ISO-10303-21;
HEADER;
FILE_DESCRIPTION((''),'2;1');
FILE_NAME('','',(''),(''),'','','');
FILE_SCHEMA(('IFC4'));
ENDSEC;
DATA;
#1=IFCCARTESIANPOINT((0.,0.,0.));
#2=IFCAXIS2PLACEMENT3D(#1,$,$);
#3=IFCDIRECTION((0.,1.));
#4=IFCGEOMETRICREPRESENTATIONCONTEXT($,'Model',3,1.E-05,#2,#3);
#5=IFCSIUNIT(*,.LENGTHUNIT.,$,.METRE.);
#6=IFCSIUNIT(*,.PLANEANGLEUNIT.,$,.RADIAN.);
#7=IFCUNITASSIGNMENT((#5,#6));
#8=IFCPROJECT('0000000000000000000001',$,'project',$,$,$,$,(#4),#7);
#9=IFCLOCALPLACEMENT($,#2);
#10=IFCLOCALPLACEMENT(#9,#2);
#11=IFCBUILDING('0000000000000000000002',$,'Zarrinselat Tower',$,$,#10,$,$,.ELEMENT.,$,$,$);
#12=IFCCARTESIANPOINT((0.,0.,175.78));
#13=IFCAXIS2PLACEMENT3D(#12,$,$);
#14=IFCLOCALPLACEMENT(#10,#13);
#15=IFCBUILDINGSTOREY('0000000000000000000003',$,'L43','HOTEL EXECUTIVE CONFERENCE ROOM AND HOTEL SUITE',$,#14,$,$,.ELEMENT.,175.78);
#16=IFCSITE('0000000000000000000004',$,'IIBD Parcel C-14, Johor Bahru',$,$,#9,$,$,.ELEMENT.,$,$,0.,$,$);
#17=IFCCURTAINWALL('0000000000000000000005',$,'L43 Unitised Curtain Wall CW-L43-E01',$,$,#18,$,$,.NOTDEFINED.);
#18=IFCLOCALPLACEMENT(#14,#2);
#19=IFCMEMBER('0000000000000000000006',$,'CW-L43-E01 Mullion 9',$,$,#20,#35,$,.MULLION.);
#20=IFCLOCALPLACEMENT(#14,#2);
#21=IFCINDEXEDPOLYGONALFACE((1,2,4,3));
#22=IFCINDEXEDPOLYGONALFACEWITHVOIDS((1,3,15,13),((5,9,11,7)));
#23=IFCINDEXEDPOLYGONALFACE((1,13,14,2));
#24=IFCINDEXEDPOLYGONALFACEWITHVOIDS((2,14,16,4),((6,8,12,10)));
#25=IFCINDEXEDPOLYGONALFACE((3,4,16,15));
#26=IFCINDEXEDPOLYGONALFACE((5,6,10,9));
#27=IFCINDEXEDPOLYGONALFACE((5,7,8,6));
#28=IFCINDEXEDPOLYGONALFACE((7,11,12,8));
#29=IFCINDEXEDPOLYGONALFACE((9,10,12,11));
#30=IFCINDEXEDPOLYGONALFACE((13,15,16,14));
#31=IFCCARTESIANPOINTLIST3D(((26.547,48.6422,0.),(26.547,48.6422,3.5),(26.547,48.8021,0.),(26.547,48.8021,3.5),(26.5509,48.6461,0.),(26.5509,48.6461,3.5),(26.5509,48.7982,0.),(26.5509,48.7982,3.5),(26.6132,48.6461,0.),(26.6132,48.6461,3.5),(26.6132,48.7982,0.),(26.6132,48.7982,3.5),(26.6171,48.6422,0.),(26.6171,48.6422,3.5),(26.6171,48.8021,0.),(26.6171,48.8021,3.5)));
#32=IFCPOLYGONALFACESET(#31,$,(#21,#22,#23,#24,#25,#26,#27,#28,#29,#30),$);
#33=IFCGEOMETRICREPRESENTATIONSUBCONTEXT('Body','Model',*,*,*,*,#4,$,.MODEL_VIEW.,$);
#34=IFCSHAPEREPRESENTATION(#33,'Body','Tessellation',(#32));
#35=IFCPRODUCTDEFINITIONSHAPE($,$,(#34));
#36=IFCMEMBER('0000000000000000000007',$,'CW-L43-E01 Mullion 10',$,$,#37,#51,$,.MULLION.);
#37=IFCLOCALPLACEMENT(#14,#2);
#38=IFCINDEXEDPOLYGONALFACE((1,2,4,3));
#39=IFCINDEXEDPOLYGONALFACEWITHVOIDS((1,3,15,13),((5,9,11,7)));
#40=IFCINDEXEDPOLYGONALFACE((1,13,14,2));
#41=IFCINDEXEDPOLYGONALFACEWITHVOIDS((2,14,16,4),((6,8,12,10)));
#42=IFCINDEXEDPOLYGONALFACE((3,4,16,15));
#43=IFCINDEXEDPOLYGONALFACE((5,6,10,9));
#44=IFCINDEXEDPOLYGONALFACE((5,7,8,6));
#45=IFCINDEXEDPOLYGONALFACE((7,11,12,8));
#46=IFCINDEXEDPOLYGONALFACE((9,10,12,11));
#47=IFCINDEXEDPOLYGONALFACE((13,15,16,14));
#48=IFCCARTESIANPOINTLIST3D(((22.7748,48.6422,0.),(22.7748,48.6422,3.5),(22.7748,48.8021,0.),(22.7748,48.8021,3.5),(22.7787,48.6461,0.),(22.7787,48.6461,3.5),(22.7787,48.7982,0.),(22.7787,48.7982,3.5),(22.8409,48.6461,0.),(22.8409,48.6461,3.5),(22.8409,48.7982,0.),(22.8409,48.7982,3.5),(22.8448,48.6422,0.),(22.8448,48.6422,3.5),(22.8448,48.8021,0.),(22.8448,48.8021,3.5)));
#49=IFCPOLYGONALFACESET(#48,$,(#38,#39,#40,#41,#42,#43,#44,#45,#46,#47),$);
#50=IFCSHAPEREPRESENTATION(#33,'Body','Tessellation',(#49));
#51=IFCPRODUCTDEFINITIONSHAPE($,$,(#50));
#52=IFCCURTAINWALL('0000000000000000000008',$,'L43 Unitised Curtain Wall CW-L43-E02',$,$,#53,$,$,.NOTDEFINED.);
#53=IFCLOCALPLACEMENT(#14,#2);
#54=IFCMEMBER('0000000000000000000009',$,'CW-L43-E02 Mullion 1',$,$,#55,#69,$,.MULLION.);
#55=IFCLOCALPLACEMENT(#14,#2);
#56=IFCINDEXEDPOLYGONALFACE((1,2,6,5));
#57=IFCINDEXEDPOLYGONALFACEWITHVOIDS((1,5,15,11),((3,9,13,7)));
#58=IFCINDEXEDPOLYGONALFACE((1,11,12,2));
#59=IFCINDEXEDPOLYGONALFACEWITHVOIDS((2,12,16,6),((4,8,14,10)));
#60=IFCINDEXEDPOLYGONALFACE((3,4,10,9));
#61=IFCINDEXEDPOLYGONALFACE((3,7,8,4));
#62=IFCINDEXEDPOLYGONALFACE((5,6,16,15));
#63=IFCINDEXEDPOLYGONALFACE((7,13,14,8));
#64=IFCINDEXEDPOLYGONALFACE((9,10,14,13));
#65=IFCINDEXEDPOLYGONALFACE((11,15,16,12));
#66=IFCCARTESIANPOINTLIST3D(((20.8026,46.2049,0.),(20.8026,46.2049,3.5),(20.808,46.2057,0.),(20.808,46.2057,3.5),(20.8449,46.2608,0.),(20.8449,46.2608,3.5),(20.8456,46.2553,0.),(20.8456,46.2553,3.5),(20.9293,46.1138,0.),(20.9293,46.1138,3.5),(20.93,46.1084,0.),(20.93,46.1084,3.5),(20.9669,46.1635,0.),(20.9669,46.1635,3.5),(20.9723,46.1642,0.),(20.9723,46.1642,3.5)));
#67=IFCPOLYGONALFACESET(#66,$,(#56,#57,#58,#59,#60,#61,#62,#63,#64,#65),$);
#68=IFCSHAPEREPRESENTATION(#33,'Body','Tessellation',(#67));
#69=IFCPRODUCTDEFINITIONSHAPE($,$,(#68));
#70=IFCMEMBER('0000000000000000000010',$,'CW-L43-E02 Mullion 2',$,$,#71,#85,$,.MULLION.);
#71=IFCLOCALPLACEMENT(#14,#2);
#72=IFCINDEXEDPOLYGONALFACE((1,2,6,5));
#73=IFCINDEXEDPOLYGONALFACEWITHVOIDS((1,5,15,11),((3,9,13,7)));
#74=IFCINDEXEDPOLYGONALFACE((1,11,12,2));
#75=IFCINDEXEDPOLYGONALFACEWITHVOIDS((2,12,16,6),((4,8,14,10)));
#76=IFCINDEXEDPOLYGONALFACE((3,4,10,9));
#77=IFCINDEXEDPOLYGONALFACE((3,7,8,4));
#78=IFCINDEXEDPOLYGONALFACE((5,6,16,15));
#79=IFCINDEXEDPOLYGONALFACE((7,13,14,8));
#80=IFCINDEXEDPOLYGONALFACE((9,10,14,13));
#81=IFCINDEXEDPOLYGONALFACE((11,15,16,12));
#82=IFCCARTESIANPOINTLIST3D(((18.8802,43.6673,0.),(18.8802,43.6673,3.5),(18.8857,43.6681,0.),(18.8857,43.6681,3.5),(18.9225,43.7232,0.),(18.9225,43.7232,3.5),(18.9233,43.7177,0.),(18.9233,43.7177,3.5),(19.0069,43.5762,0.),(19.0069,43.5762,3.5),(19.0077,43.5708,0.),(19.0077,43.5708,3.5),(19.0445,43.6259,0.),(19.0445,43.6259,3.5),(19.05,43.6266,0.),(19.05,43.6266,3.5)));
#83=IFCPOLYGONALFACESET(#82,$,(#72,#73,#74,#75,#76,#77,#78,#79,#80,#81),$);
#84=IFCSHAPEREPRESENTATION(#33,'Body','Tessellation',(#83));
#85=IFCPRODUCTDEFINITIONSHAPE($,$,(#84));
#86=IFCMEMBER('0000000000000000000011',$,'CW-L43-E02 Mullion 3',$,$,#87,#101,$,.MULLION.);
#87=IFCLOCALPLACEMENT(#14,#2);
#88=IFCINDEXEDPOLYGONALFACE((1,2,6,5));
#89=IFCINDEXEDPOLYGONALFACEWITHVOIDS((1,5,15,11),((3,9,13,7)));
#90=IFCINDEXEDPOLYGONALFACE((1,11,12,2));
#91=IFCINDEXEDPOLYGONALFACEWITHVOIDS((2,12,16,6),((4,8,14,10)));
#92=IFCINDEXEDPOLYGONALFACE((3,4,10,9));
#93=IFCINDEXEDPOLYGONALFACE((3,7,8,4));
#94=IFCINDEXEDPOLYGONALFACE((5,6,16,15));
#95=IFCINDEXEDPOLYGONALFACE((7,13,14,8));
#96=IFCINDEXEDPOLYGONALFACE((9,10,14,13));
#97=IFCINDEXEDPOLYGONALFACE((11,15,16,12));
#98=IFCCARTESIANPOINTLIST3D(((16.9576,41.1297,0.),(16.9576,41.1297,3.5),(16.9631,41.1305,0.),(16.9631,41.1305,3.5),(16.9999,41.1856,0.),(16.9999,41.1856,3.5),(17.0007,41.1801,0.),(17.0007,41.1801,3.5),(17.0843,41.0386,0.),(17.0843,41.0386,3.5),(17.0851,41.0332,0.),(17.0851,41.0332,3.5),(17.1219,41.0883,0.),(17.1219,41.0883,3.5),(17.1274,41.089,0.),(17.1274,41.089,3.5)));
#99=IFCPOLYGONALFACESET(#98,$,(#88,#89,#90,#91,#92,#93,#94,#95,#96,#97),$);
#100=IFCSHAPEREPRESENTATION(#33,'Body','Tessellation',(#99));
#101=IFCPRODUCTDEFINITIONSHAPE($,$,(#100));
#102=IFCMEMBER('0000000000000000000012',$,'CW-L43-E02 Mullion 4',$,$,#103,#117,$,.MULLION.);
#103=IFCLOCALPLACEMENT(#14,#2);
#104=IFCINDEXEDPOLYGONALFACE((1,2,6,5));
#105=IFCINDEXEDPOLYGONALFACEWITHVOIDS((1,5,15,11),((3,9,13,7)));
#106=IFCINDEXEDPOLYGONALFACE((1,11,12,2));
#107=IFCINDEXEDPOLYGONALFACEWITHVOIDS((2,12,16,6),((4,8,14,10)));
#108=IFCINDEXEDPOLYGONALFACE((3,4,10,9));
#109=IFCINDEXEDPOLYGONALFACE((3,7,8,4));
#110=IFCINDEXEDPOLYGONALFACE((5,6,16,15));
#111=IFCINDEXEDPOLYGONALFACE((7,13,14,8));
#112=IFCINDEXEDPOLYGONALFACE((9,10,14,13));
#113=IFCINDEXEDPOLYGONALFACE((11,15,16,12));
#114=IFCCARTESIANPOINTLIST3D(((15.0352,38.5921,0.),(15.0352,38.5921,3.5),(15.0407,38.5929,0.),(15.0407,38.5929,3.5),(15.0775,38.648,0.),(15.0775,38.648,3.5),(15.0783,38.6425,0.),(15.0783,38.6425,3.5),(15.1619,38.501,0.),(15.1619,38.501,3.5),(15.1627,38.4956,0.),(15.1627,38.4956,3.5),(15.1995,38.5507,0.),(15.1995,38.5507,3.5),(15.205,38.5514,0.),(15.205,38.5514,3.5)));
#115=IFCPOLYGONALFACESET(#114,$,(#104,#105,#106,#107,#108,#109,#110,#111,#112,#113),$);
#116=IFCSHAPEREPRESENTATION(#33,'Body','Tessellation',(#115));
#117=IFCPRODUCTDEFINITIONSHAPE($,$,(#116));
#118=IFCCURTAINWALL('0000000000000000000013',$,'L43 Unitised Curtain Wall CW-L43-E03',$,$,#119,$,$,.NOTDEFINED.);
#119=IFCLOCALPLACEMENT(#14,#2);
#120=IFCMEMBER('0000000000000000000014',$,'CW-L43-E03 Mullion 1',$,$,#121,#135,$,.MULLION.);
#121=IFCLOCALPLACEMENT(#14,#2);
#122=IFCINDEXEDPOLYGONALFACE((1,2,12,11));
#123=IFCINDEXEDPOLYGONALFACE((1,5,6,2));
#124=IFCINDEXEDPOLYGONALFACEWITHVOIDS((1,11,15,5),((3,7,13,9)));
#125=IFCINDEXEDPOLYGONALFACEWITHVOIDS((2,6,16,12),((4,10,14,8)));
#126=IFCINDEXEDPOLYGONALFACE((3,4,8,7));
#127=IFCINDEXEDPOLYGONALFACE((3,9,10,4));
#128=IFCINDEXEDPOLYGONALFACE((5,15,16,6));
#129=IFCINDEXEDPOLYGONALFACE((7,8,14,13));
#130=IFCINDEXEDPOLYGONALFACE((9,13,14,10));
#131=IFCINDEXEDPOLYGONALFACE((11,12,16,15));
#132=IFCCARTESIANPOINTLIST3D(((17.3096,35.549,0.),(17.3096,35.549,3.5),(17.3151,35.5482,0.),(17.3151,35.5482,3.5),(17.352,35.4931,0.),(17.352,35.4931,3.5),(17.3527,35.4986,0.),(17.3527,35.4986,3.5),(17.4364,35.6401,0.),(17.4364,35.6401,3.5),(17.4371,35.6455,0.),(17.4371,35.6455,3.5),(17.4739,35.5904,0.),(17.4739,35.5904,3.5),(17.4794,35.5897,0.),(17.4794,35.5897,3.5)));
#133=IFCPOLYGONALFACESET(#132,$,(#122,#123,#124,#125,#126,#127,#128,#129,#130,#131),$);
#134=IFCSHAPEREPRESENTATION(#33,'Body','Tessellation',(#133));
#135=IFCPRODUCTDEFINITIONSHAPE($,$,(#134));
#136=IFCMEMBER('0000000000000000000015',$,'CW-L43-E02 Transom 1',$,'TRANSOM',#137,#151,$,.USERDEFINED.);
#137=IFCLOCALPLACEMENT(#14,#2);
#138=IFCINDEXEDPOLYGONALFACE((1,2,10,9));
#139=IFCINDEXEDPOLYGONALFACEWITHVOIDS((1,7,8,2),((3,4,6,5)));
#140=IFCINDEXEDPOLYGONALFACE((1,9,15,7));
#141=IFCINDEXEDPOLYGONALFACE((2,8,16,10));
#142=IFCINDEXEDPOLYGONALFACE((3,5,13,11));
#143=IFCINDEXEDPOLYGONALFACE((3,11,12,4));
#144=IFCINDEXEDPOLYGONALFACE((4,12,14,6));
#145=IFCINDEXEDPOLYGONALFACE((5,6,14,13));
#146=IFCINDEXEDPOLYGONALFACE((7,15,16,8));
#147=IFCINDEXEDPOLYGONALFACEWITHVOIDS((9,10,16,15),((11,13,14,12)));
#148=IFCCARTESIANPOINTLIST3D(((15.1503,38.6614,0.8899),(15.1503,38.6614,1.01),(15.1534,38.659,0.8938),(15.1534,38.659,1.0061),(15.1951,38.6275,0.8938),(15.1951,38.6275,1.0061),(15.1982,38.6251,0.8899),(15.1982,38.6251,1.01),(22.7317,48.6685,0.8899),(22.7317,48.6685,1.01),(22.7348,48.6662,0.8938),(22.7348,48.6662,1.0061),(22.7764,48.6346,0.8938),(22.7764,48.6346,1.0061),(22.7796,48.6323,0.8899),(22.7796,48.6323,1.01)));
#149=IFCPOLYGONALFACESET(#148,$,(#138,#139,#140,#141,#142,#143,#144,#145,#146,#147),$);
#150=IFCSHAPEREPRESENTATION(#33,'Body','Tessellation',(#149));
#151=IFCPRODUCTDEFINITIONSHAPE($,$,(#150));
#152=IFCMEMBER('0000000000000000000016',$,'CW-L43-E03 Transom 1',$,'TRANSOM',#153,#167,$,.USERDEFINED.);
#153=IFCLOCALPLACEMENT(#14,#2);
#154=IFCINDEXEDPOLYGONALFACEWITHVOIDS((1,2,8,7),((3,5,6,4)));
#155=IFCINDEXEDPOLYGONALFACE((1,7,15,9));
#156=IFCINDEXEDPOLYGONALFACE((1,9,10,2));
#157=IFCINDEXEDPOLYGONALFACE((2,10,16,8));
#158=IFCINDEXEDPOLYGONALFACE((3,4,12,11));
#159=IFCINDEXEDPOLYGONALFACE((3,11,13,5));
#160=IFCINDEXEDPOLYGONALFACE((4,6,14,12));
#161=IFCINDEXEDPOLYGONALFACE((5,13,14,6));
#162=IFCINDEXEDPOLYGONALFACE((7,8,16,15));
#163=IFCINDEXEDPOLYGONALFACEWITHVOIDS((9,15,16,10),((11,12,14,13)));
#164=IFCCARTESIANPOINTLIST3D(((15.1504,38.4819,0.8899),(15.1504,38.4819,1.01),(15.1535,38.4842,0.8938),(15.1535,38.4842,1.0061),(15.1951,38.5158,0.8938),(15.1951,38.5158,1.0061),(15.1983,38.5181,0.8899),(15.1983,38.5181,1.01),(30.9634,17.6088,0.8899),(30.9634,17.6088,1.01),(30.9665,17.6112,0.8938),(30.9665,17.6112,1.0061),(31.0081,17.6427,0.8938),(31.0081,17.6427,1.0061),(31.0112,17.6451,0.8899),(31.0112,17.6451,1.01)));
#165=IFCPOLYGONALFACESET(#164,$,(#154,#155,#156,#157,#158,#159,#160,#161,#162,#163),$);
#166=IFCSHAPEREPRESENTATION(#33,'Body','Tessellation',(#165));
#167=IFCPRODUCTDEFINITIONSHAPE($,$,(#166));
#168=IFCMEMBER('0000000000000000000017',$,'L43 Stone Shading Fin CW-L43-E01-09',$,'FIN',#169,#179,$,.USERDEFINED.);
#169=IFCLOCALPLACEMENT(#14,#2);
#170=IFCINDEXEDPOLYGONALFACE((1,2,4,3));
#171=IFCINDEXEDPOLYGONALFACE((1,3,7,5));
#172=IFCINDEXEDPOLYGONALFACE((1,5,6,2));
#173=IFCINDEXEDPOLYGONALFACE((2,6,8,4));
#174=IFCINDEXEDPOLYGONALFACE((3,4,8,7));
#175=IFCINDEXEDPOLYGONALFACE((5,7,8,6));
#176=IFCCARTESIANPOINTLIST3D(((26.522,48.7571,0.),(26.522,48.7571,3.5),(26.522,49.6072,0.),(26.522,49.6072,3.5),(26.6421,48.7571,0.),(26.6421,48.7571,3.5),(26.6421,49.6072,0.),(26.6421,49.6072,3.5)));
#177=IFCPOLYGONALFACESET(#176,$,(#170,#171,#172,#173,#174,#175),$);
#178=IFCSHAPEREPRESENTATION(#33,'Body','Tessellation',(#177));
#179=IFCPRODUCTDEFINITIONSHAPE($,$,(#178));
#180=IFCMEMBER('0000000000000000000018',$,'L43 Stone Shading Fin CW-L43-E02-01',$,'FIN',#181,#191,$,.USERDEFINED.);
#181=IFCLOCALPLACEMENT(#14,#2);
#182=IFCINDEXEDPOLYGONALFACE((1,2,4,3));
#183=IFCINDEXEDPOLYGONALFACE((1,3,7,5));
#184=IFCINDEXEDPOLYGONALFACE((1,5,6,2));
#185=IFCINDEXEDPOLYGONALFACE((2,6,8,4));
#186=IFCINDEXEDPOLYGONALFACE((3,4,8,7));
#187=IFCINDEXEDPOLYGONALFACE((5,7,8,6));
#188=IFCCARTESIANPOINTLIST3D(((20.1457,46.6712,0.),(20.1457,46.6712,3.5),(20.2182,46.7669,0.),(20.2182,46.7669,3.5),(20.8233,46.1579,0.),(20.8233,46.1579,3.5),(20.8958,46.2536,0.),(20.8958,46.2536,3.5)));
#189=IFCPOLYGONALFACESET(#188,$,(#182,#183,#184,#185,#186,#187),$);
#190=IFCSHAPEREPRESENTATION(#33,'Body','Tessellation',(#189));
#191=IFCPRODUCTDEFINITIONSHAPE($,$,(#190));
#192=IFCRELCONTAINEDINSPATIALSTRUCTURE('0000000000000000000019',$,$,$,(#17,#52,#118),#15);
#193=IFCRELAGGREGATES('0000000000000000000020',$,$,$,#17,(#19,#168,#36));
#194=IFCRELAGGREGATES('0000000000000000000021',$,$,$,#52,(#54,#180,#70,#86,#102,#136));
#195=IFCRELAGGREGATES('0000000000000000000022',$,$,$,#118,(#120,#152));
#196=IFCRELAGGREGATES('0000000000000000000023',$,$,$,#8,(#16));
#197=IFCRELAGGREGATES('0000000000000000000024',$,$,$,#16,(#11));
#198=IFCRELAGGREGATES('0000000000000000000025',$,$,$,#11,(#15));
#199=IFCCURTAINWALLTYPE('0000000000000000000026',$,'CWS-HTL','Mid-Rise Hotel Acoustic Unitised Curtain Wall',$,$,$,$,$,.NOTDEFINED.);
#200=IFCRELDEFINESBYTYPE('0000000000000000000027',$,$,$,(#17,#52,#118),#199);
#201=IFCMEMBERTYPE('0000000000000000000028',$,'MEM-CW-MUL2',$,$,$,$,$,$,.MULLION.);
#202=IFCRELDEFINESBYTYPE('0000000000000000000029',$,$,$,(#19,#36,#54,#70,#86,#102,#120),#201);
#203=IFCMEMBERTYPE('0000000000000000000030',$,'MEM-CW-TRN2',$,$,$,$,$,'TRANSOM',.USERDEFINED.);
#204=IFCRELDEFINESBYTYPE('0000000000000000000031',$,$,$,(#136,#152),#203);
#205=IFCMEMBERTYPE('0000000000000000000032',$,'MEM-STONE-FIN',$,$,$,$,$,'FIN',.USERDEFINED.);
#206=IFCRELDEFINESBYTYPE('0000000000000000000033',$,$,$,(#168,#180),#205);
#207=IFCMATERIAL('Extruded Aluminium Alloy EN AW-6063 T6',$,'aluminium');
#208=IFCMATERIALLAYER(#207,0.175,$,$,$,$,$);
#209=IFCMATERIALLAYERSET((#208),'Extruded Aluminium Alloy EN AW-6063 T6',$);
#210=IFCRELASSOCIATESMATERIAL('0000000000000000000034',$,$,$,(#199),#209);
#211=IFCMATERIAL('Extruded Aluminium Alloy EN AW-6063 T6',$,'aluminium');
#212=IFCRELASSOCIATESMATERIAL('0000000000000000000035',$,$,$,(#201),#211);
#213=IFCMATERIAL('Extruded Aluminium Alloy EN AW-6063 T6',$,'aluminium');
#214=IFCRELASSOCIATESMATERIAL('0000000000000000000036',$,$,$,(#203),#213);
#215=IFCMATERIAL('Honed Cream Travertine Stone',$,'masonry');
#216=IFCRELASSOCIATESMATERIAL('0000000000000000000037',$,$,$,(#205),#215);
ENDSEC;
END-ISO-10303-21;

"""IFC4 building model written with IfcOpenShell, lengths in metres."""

from ifc_helpers import new_model, si_unit, direction, frame, origin, origin_2d, place, context, subcontext, project, spatial, rectangle, hollow_rectangle, extrude, material, layer, layer_set, material_profile, profile_set, type_object, element, aggregate, save


model = new_model("IFC4")

# Units and contexts
model_context = context("Model", 3, precision=1e-05, world=origin(), true_north=direction((0.0, 1.0)))
body_context = subcontext(model_context, "Body", "Model", "MODEL_VIEW")
ifc_project = project(units=[si_unit("LENGTHUNIT", "METRE"), si_unit("PLANEANGLEUNIT", "RADIAN")], contexts=[model_context])

# Site, building, storey
site_placement = place(None, origin())
site = spatial("IfcSite", under=ifc_project, at=site_placement, Name="IIBD Parcel C-14, Johor Bahru", CompositionType="ELEMENT", RefElevation=0.0)
building_placement = place(site_placement, origin())
building = spatial("IfcBuilding", under=site, at=building_placement, Name="Zarrinselat Tower", CompositionType="ELEMENT")
storey_placement = place(building_placement, frame((0.0, 0.0, 175.78)))
storey = spatial("IfcBuildingStorey", under=building, at=storey_placement, Name="L43", Description="HOTEL EXECUTIVE CONFERENCE ROOM AND HOTEL SUITE", CompositionType="ELEMENT", Elevation=175.78)

# Curtain walls, members
ifc_material_1 = material(Name="Extruded Aluminium Alloy EN AW-6063 T6", Category="aluminium")
ifc_layer_1 = layer(ifc_material_1, 0.175)
ifc_layer_set_1 = layer_set([ifc_layer_1], Name="Extruded Aluminium Alloy EN AW-6063 T6")
curtain_wall_type = type_object("IfcCurtainWallType", Name="CWS-HTL", Description="Mid-Rise Hotel Acoustic Unitised Curtain Wall", PredefinedType="NOTDEFINED", material=ifc_layer_set_1)
curtain_wall_1_placement = place(storey_placement, origin())
curtain_wall_1 = element("IfcCurtainWall", 1, at=curtain_wall_1_placement, inside=storey, type_object=curtain_wall_type, Name="L43 Unitised Curtain Wall CW-L43-E01", PredefinedType="NOTDEFINED")
ifc_material_2 = material(Name="Extruded Aluminium Alloy EN AW-6063 T6", Category="aluminium")
ifc_material_profile_1 = material_profile(ifc_material_2, hollow_rectangle(XDim=0.0701, YDim=0.1599, WallThickness=0.0039, at=origin_2d()), Name="RHS 160x70x4")
ifc_profile_set_1 = profile_set([ifc_material_profile_1], Name="Extruded Aluminium Alloy EN AW-6063 T6")
member_type_1 = type_object("IfcMemberType", Name="MEM-CW-MUL2", PredefinedType="MULLION", material=ifc_profile_set_1)
member_1_placement = place(storey_placement, frame((26.582, 48.7222, 0.0), z_axis=(0.0, 0.0, 1.0), x_axis=(-1.0, 0.0, 0.0)))
member_1 = element("IfcMember", 2, at=member_1_placement, type_object=member_type_1, Name="CW-L43-E01 Mullion 9", PredefinedType="MULLION", context=body_context, shape_type="SweptSolid", body=[
    extrude(hollow_rectangle(XDim=0.0701, YDim=0.1599, WallThickness=0.0039, at=origin_2d()), origin(), (0.0, 0.0, 1.0), 3.5),
])
member_2_placement = place(storey_placement, frame((22.8098, 48.7222, 0.0), z_axis=(0.0, 0.0, 1.0), x_axis=(-1.0, 0.0, 0.0)))
member_2 = element("IfcMember", 3, at=member_2_placement, type_object=member_type_1, Name="CW-L43-E01 Mullion 10", PredefinedType="MULLION", context=body_context, shape_type="SweptSolid", body=[
    extrude(hollow_rectangle(XDim=0.0701, YDim=0.1599, WallThickness=0.0039, at=origin_2d()), origin(), (0.0, 0.0, 1.0), 3.5),
])
curtain_wall_2_placement = place(storey_placement, origin())
curtain_wall_2 = element("IfcCurtainWall", 4, at=curtain_wall_2_placement, inside=storey, type_object=curtain_wall_type, Name="L43 Unitised Curtain Wall CW-L43-E02", PredefinedType="NOTDEFINED")
member_3_placement = place(storey_placement, frame((20.8875, 46.1846, 0.0), z_axis=(0.0, 0.0, 1.0), x_axis=(-0.603859, -0.797091, 0.0)))
member_3 = element("IfcMember", 5, at=member_3_placement, type_object=member_type_1, Name="CW-L43-E02 Mullion 1", PredefinedType="MULLION", context=body_context, shape_type="SweptSolid", body=[
    extrude(hollow_rectangle(XDim=0.0701, YDim=0.1599, WallThickness=0.0039, at=origin_2d()), origin(), (0.0, 0.0, 1.0), 3.5),
])
member_4_placement = place(storey_placement, frame((18.9651, 43.647, 0.0), z_axis=(0.0, 0.0, 1.0), x_axis=(-0.603859, -0.797091, 0.0)))
member_4 = element("IfcMember", 6, at=member_4_placement, type_object=member_type_1, Name="CW-L43-E02 Mullion 2", PredefinedType="MULLION", context=body_context, shape_type="SweptSolid", body=[
    extrude(hollow_rectangle(XDim=0.0701, YDim=0.1599, WallThickness=0.0039, at=origin_2d()), origin(), (0.0, 0.0, 1.0), 3.5),
])
member_5_placement = place(storey_placement, frame((17.0425, 41.1094, 0.0), z_axis=(0.0, 0.0, 1.0), x_axis=(-0.603859, -0.797091, 0.0)))
member_5 = element("IfcMember", 7, at=member_5_placement, type_object=member_type_1, Name="CW-L43-E02 Mullion 3", PredefinedType="MULLION", context=body_context, shape_type="SweptSolid", body=[
    extrude(hollow_rectangle(XDim=0.0701, YDim=0.1599, WallThickness=0.0039, at=origin_2d()), origin(), (0.0, 0.0, 1.0), 3.5),
])
member_6_placement = place(storey_placement, frame((15.1201, 38.5718, 0.0), z_axis=(0.0, 0.0, 1.0), x_axis=(-0.603859, -0.797091, 0.0)))
member_6 = element("IfcMember", 8, at=member_6_placement, type_object=member_type_1, Name="CW-L43-E02 Mullion 4", PredefinedType="MULLION", context=body_context, shape_type="SweptSolid", body=[
    extrude(hollow_rectangle(XDim=0.0701, YDim=0.1599, WallThickness=0.0039, at=origin_2d()), origin(), (0.0, 0.0, 1.0), 3.5),
])

# Curtain wall, member
curtain_wall_3_placement = place(storey_placement, origin())
curtain_wall_3 = element("IfcCurtainWall", 9, at=curtain_wall_3_placement, inside=storey, type_object=curtain_wall_type, Name="L43 Unitised Curtain Wall CW-L43-E03", PredefinedType="NOTDEFINED")
member_7_placement = place(storey_placement, frame((17.3945, 35.5693, 0.0), z_axis=(0.0, 0.0, 1.0), x_axis=(0.603857, -0.797092, 0.0)))
member_7 = element("IfcMember", 10, at=member_7_placement, type_object=member_type_1, Name="CW-L43-E03 Mullion 1", PredefinedType="MULLION", context=body_context, shape_type="SweptSolid", body=[
    extrude(hollow_rectangle(XDim=0.0701, YDim=0.1599, WallThickness=0.0039, at=origin_2d()), origin(), (0.0, 0.0, 1.0), 3.5),
])

# Members
ifc_material_3 = material(Name="Extruded Aluminium Alloy EN AW-6063 T6", Category="aluminium")
ifc_material_profile_2 = material_profile(ifc_material_3, hollow_rectangle(XDim=0.0601, YDim=0.1201, WallThickness=0.0039, at=origin_2d()), Name="RHS 120x60x4")
ifc_profile_set_2 = profile_set([ifc_material_profile_2], Name="Extruded Aluminium Alloy EN AW-6063 T6")
member_type_2 = type_object("IfcMemberType", Name="MEM-CW-TRN2", ElementType="TRANSOM", PredefinedType="USERDEFINED", material=ifc_profile_set_2)
member_8_placement = place(storey_placement, frame((22.7556, 48.6504, 0.95), z_axis=(-0.603867, -0.797085, 0.0), x_axis=(0.797085, -0.603867, 0.0)))
member_8 = element("IfcMember", 11, at=member_8_placement, type_object=member_type_2, Name="CW-L43-E02 Transom 1", ObjectType="TRANSOM", PredefinedType="USERDEFINED", context=body_context, shape_type="SweptSolid", body=[
    extrude(hollow_rectangle(XDim=0.0601, YDim=0.1201, WallThickness=0.0039, at=origin_2d()), origin(), (0.0, 0.0, 1.0), 12.5547),
])
member_9_placement = place(storey_placement, frame((15.1743, 38.5, 0.95), z_axis=(0.603859, -0.797091, 0.0), x_axis=(0.797091, 0.603859, 0.0)))
member_9 = element("IfcMember", 12, at=member_9_placement, type_object=member_type_2, Name="CW-L43-E03 Transom 1", ObjectType="TRANSOM", PredefinedType="USERDEFINED", context=body_context, shape_type="SweptSolid", body=[
    extrude(hollow_rectangle(XDim=0.0601, YDim=0.1201, WallThickness=0.0039, at=origin_2d()), origin(), (0.0, 0.0, 1.0), 26.1865),
])
ifc_material_4 = material(Name="Honed Cream Travertine Stone", Category="masonry")
ifc_material_profile_3 = material_profile(ifc_material_4, rectangle(XDim=0.1201, YDim=0.8501, at=origin_2d()), Name="FIN 850x120")
ifc_profile_set_3 = profile_set([ifc_material_profile_3], Name="Honed Cream Travertine Stone")
member_type_3 = type_object("IfcMemberType", Name="MEM-STONE-FIN", ElementType="FIN", PredefinedType="USERDEFINED", material=ifc_profile_set_3)
member_10_placement = place(storey_placement, frame((26.582, 49.1821, 0.0), z_axis=(0.0, 0.0, 1.0), x_axis=(1.0, 0.0, 0.0)))
member_10 = element("IfcMember", 13, at=member_10_placement, type_object=member_type_3, Name="L43 Stone Shading Fin CW-L43-E01-09", ObjectType="FIN", PredefinedType="USERDEFINED", context=body_context, shape_type="SweptSolid", body=[
    extrude(rectangle(XDim=0.1201, YDim=0.8501, at=origin_2d()), origin(), (0.0, 0.0, 1.0), 3.5),
])
member_11_placement = place(storey_placement, frame((20.5208, 46.4624, 0.0), z_axis=(0.0, 0.0, 1.0), x_axis=(0.603859, 0.797091, 0.0)))
member_11 = element("IfcMember", 14, at=member_11_placement, type_object=member_type_3, Name="L43 Stone Shading Fin CW-L43-E02-01", ObjectType="FIN", PredefinedType="USERDEFINED", context=body_context, shape_type="SweptSolid", body=[
    extrude(rectangle(XDim=0.1201, YDim=0.8501, at=origin_2d()), origin(), (0.0, 0.0, 1.0), 3.5),
])

aggregate(curtain_wall_1, [member_1, member_10, member_2])
aggregate(curtain_wall_2, [member_3, member_11, member_4, member_5, member_6, member_8])
aggregate(curtain_wall_3, [member_7, member_9])

save(model, "model.ifc")
